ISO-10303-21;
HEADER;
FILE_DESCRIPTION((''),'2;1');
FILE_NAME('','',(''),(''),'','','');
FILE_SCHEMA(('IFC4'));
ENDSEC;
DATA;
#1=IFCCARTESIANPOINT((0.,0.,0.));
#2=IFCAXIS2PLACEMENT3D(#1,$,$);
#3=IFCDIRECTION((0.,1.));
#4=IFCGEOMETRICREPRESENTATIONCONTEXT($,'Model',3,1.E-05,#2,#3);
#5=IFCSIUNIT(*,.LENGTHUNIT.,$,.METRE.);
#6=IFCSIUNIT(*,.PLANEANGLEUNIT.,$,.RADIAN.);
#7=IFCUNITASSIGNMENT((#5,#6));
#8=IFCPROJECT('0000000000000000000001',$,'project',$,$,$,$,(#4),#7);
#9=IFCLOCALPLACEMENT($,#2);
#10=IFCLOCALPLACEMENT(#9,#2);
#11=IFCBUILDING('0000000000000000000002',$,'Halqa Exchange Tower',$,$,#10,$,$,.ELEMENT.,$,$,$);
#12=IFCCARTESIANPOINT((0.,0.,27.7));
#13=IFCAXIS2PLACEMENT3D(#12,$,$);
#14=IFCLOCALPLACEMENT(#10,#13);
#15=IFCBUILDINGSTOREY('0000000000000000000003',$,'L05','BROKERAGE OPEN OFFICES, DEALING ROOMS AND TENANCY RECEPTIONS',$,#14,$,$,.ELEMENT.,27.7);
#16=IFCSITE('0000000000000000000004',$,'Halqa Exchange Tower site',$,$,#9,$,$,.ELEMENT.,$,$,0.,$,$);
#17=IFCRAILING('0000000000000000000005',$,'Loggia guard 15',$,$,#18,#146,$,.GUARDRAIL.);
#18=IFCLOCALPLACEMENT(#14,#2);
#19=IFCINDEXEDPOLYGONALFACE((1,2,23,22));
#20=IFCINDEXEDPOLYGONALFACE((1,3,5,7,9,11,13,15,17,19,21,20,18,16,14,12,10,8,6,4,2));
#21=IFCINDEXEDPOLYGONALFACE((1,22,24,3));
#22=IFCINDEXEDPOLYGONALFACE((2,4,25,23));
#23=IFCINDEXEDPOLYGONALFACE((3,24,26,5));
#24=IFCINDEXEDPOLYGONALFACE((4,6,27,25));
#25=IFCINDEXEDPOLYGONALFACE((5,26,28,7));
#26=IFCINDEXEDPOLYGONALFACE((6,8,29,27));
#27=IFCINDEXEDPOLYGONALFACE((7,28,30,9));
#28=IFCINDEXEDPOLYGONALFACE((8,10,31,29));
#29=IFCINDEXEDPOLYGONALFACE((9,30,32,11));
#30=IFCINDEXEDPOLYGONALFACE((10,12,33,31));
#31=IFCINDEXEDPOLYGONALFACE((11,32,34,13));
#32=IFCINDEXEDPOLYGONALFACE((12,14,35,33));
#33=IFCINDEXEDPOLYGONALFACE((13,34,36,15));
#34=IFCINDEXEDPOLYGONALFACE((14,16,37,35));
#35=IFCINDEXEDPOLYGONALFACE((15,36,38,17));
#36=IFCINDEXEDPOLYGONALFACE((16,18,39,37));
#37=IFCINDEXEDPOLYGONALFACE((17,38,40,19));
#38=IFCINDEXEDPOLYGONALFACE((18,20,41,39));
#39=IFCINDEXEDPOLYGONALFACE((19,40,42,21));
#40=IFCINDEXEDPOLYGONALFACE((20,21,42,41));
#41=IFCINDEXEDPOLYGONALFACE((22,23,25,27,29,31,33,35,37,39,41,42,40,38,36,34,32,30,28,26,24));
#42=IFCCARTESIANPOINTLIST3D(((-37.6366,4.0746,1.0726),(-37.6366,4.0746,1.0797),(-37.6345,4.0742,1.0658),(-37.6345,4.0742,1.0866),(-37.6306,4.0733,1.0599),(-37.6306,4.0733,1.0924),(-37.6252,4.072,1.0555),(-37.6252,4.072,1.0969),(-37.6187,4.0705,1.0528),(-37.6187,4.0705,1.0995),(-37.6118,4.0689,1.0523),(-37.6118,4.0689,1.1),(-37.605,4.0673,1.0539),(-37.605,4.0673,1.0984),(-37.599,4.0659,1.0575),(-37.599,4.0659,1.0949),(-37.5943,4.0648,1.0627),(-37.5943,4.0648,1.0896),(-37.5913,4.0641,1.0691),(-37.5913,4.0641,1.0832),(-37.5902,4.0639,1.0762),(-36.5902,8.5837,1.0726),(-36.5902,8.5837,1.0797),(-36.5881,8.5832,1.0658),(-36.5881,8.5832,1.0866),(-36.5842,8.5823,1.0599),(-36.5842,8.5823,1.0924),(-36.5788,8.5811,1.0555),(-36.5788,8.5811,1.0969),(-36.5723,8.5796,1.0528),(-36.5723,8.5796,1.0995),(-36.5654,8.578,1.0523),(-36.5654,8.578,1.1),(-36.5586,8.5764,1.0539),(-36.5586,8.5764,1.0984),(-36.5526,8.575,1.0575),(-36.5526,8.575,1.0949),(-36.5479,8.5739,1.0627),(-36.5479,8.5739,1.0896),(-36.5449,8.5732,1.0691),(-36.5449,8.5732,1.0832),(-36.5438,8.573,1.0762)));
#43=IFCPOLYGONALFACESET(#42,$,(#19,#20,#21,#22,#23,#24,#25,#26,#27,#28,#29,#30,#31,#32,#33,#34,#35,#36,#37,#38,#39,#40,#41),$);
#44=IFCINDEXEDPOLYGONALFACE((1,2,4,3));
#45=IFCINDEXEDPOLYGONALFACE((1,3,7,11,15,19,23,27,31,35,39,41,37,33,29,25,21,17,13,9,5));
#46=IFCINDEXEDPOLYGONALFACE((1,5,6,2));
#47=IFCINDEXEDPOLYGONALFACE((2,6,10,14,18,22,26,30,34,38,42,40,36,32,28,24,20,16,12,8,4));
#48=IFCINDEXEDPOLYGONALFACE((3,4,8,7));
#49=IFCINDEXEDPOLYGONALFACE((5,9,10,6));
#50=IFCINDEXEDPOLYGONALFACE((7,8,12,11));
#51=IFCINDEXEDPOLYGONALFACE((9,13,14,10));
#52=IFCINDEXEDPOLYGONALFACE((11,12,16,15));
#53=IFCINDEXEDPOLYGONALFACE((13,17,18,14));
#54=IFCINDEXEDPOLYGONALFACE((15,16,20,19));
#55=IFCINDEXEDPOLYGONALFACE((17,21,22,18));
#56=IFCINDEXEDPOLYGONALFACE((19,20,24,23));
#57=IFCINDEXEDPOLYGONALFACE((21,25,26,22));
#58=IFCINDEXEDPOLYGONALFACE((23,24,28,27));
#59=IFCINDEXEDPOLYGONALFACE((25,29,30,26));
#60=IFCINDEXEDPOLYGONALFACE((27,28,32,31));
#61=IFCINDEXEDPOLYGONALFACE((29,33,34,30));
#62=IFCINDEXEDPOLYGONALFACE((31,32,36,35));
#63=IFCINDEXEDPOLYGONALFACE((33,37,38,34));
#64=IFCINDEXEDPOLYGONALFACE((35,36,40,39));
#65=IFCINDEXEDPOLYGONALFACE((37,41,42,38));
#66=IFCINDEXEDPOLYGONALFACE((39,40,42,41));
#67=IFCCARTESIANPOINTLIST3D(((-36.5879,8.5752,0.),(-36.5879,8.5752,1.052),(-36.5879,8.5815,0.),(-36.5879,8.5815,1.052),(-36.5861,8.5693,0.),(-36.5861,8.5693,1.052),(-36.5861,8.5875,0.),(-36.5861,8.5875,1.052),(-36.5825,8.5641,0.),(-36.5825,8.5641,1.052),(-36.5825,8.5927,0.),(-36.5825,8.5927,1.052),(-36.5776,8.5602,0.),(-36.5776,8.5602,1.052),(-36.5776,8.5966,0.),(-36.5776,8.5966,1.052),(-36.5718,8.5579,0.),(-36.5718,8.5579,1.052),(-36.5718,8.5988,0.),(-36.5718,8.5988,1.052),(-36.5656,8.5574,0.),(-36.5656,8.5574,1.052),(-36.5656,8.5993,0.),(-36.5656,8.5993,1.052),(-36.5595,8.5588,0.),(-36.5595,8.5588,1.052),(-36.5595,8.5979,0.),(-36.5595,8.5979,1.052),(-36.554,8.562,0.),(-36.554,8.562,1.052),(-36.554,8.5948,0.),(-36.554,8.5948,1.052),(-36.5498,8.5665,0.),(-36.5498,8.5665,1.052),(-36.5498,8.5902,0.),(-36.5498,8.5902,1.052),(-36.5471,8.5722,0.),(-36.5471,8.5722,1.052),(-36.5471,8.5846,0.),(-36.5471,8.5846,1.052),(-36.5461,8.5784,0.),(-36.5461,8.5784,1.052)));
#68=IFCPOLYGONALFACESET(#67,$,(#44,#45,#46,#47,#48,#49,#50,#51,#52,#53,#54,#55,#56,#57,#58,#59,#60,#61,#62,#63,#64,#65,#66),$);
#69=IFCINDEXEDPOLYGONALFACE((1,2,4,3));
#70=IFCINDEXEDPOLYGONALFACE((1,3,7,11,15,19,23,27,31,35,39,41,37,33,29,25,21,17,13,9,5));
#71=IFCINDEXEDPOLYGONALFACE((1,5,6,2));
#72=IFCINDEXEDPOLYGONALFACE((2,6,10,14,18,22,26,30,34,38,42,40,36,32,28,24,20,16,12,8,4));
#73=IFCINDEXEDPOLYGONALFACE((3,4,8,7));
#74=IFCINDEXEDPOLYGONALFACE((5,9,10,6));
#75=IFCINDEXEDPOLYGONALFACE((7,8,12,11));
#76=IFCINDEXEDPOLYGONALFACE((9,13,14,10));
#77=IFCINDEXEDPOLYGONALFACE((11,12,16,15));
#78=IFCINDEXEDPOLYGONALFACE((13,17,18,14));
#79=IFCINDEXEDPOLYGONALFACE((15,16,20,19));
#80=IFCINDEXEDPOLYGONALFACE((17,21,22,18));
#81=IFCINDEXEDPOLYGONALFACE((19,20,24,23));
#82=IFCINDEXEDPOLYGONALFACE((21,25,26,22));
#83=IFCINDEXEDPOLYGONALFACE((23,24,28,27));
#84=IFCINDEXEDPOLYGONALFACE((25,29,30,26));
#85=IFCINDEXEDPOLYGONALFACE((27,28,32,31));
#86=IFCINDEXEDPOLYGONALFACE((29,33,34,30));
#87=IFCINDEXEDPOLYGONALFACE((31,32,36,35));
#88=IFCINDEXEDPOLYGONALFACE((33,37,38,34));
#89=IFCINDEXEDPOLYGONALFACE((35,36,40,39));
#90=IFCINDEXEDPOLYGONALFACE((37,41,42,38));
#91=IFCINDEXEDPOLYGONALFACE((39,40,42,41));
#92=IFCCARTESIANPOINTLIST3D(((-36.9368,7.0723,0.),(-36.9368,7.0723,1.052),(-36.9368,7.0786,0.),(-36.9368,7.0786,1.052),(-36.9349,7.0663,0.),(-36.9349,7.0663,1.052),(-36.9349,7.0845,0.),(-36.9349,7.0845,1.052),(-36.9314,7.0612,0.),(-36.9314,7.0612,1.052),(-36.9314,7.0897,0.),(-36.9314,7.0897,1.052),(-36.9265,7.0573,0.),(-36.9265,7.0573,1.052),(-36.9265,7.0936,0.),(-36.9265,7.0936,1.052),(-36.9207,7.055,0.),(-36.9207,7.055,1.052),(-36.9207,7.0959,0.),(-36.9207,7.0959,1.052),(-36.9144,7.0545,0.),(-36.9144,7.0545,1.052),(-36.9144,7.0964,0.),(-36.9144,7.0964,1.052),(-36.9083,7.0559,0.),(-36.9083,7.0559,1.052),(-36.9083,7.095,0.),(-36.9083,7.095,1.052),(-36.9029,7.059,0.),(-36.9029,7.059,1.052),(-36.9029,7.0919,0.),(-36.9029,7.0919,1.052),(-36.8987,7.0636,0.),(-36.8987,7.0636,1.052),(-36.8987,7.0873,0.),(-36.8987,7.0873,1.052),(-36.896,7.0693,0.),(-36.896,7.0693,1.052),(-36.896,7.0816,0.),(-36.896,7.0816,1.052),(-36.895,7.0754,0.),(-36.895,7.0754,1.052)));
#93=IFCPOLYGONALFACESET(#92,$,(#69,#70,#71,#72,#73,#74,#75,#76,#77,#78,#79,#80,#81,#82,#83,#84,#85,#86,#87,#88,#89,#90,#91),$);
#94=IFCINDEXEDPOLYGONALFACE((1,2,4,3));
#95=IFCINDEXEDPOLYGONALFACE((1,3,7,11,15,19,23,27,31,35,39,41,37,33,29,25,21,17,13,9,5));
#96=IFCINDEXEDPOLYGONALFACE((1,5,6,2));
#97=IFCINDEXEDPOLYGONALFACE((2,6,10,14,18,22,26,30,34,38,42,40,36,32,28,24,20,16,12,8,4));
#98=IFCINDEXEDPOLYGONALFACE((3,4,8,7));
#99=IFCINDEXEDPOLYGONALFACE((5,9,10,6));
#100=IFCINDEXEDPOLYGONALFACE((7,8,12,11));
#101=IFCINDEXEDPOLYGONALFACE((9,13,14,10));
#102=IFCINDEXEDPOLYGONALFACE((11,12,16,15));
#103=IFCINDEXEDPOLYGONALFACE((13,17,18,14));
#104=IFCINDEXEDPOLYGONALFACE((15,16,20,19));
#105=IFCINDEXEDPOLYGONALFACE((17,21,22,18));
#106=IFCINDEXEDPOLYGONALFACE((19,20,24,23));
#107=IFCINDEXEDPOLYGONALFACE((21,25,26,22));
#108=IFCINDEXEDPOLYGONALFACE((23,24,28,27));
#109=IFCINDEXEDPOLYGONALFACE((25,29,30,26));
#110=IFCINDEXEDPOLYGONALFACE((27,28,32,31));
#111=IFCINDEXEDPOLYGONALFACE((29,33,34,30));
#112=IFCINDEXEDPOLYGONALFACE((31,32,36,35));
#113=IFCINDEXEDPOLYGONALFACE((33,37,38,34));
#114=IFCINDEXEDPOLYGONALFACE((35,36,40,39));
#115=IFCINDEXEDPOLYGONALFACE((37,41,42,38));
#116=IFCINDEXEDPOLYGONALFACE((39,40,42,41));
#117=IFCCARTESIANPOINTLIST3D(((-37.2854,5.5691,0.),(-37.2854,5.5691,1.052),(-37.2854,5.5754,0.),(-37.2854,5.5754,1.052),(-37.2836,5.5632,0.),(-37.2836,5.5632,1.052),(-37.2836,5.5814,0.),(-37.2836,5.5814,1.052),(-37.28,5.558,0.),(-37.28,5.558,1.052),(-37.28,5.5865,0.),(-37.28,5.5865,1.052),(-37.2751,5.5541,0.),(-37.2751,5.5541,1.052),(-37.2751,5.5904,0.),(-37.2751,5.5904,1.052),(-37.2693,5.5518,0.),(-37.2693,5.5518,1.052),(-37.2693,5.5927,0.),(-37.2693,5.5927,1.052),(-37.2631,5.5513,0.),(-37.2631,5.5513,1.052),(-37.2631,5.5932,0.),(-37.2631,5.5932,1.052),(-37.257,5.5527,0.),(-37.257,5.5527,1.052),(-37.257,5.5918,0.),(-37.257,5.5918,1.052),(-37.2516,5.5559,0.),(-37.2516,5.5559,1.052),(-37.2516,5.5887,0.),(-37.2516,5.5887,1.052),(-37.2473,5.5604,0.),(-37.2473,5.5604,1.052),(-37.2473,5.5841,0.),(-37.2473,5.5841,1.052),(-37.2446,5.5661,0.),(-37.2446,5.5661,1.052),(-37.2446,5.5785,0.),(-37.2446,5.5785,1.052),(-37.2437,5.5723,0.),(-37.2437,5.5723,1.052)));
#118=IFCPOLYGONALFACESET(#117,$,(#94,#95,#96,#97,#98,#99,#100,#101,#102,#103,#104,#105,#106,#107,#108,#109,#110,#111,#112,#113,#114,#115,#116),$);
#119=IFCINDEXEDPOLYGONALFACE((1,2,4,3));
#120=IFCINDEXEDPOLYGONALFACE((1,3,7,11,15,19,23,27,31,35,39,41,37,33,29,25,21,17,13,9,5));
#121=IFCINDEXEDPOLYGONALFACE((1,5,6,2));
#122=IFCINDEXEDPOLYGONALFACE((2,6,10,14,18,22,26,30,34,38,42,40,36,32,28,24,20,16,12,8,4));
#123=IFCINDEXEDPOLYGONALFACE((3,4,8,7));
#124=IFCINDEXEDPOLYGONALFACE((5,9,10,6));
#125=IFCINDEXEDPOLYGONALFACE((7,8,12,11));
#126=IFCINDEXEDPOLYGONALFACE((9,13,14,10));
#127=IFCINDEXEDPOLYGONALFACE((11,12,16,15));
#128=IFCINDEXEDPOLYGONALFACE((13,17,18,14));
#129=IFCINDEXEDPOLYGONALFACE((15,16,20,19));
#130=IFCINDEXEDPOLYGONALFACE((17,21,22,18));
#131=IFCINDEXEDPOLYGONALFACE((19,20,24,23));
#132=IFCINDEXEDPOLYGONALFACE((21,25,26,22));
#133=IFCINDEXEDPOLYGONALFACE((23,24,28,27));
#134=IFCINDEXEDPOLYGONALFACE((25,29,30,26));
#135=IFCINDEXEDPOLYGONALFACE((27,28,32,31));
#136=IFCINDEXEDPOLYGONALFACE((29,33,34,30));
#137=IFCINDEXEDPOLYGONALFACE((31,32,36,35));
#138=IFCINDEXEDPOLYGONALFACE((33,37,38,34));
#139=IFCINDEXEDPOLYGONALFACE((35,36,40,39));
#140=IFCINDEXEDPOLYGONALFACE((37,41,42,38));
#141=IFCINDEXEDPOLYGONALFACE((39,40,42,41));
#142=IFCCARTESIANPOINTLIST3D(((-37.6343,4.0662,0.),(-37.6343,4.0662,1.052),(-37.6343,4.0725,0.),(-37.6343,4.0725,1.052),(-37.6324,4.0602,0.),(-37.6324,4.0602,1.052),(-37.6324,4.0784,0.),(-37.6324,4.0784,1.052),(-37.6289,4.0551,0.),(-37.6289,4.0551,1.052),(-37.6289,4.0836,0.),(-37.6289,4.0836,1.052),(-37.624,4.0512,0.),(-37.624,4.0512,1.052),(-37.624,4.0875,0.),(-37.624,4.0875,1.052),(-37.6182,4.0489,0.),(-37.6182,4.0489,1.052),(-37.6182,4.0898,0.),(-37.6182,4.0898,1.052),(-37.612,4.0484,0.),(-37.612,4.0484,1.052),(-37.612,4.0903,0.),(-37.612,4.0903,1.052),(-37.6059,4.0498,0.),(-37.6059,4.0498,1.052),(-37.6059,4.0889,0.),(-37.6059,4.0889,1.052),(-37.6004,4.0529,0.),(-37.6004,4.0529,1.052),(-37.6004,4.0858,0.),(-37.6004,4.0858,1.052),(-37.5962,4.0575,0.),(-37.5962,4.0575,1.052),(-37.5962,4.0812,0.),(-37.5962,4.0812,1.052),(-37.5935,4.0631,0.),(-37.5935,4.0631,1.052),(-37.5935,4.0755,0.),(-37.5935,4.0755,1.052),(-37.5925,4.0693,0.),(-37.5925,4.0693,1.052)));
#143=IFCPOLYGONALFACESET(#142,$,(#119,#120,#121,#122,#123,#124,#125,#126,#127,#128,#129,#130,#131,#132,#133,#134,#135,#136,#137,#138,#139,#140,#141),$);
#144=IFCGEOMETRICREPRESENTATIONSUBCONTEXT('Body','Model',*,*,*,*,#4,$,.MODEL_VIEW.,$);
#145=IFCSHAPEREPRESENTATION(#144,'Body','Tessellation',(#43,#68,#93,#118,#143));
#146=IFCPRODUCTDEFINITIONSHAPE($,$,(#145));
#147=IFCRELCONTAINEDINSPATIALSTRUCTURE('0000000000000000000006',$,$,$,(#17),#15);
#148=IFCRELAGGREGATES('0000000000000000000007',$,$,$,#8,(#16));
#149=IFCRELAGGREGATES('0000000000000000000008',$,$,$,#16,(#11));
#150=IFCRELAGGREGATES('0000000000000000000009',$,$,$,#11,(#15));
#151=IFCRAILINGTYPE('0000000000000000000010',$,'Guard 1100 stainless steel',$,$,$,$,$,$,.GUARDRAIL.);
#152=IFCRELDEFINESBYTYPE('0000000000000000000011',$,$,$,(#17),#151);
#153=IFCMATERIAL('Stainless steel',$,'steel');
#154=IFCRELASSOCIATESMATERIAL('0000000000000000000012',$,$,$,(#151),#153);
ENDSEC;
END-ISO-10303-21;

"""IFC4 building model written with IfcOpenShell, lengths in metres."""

from ifc_helpers import new_model, si_unit, direction, frame, origin, origin_2d, place, context, subcontext, project, spatial, circle, extrude, material, type_object, element, save


model = new_model("IFC4")

# Units and contexts
model_context = context("Model", 3, precision=1e-05, world=origin(), true_north=direction((0.0, 1.0)))
body_context = subcontext(model_context, "Body", "Model", "MODEL_VIEW")
ifc_project = project(units=[si_unit("LENGTHUNIT", "METRE"), si_unit("PLANEANGLEUNIT", "RADIAN")], contexts=[model_context])

# Site, building, storey
site_placement = place(None, origin())
site = spatial("IfcSite", under=ifc_project, at=site_placement, Name="Halqa Exchange Tower site", CompositionType="ELEMENT", RefElevation=0.0)
building_placement = place(site_placement, origin())
building = spatial("IfcBuilding", under=site, at=building_placement, Name="Halqa Exchange Tower", CompositionType="ELEMENT")
storey_placement = place(building_placement, frame((0.0, 0.0, 27.7)))
storey = spatial("IfcBuildingStorey", under=building, at=storey_placement, Name="L05", Description="BROKERAGE OPEN OFFICES, DEALING ROOMS AND TENANCY RECEPTIONS", CompositionType="ELEMENT", Elevation=27.7)

# Railing
ifc_material_1 = material(Name="Stainless steel", Category="steel")
railing_type = type_object("IfcRailingType", Name="Guard 1100 stainless steel", PredefinedType="GUARDRAIL", material=ifc_material_1)
railing_1_placement = place(storey_placement, frame((-36.5671, 8.5784, 0.0)))
element("IfcRailing", 1, at=railing_1_placement, inside=storey, type_object=railing_type, Name="Loggia guard 15", PredefinedType="GUARDRAIL", context=body_context, shape_type="SweptSolid", body=[
    extrude(circle(Radius=0.0239, at=origin_2d()), frame((0.0, 0.0, 1.0762), z_axis=(-0.226057, -0.974114, 0.0), x_axis=(0.974114, -0.226057, 0.0)), (0.0, 0.0, 1.0), 4.6289),
    extrude(circle(Radius=0.021, at=origin_2d()), origin(), (0.0, 0.0, 1.0), 1.052),
    extrude(circle(Radius=0.021, at=origin_2d()), frame((-0.3489, -1.5029, 0.0)), (0.0, 0.0, 1.0), 1.052),
    extrude(circle(Radius=0.021, at=origin_2d()), frame((-0.6975, -3.0061, 0.0)), (0.0, 0.0, 1.0), 1.052),
    extrude(circle(Radius=0.021, at=origin_2d()), frame((-1.0464, -4.509, 0.0)), (0.0, 0.0, 1.0), 1.052),
])

save(model, "model.ifc")
